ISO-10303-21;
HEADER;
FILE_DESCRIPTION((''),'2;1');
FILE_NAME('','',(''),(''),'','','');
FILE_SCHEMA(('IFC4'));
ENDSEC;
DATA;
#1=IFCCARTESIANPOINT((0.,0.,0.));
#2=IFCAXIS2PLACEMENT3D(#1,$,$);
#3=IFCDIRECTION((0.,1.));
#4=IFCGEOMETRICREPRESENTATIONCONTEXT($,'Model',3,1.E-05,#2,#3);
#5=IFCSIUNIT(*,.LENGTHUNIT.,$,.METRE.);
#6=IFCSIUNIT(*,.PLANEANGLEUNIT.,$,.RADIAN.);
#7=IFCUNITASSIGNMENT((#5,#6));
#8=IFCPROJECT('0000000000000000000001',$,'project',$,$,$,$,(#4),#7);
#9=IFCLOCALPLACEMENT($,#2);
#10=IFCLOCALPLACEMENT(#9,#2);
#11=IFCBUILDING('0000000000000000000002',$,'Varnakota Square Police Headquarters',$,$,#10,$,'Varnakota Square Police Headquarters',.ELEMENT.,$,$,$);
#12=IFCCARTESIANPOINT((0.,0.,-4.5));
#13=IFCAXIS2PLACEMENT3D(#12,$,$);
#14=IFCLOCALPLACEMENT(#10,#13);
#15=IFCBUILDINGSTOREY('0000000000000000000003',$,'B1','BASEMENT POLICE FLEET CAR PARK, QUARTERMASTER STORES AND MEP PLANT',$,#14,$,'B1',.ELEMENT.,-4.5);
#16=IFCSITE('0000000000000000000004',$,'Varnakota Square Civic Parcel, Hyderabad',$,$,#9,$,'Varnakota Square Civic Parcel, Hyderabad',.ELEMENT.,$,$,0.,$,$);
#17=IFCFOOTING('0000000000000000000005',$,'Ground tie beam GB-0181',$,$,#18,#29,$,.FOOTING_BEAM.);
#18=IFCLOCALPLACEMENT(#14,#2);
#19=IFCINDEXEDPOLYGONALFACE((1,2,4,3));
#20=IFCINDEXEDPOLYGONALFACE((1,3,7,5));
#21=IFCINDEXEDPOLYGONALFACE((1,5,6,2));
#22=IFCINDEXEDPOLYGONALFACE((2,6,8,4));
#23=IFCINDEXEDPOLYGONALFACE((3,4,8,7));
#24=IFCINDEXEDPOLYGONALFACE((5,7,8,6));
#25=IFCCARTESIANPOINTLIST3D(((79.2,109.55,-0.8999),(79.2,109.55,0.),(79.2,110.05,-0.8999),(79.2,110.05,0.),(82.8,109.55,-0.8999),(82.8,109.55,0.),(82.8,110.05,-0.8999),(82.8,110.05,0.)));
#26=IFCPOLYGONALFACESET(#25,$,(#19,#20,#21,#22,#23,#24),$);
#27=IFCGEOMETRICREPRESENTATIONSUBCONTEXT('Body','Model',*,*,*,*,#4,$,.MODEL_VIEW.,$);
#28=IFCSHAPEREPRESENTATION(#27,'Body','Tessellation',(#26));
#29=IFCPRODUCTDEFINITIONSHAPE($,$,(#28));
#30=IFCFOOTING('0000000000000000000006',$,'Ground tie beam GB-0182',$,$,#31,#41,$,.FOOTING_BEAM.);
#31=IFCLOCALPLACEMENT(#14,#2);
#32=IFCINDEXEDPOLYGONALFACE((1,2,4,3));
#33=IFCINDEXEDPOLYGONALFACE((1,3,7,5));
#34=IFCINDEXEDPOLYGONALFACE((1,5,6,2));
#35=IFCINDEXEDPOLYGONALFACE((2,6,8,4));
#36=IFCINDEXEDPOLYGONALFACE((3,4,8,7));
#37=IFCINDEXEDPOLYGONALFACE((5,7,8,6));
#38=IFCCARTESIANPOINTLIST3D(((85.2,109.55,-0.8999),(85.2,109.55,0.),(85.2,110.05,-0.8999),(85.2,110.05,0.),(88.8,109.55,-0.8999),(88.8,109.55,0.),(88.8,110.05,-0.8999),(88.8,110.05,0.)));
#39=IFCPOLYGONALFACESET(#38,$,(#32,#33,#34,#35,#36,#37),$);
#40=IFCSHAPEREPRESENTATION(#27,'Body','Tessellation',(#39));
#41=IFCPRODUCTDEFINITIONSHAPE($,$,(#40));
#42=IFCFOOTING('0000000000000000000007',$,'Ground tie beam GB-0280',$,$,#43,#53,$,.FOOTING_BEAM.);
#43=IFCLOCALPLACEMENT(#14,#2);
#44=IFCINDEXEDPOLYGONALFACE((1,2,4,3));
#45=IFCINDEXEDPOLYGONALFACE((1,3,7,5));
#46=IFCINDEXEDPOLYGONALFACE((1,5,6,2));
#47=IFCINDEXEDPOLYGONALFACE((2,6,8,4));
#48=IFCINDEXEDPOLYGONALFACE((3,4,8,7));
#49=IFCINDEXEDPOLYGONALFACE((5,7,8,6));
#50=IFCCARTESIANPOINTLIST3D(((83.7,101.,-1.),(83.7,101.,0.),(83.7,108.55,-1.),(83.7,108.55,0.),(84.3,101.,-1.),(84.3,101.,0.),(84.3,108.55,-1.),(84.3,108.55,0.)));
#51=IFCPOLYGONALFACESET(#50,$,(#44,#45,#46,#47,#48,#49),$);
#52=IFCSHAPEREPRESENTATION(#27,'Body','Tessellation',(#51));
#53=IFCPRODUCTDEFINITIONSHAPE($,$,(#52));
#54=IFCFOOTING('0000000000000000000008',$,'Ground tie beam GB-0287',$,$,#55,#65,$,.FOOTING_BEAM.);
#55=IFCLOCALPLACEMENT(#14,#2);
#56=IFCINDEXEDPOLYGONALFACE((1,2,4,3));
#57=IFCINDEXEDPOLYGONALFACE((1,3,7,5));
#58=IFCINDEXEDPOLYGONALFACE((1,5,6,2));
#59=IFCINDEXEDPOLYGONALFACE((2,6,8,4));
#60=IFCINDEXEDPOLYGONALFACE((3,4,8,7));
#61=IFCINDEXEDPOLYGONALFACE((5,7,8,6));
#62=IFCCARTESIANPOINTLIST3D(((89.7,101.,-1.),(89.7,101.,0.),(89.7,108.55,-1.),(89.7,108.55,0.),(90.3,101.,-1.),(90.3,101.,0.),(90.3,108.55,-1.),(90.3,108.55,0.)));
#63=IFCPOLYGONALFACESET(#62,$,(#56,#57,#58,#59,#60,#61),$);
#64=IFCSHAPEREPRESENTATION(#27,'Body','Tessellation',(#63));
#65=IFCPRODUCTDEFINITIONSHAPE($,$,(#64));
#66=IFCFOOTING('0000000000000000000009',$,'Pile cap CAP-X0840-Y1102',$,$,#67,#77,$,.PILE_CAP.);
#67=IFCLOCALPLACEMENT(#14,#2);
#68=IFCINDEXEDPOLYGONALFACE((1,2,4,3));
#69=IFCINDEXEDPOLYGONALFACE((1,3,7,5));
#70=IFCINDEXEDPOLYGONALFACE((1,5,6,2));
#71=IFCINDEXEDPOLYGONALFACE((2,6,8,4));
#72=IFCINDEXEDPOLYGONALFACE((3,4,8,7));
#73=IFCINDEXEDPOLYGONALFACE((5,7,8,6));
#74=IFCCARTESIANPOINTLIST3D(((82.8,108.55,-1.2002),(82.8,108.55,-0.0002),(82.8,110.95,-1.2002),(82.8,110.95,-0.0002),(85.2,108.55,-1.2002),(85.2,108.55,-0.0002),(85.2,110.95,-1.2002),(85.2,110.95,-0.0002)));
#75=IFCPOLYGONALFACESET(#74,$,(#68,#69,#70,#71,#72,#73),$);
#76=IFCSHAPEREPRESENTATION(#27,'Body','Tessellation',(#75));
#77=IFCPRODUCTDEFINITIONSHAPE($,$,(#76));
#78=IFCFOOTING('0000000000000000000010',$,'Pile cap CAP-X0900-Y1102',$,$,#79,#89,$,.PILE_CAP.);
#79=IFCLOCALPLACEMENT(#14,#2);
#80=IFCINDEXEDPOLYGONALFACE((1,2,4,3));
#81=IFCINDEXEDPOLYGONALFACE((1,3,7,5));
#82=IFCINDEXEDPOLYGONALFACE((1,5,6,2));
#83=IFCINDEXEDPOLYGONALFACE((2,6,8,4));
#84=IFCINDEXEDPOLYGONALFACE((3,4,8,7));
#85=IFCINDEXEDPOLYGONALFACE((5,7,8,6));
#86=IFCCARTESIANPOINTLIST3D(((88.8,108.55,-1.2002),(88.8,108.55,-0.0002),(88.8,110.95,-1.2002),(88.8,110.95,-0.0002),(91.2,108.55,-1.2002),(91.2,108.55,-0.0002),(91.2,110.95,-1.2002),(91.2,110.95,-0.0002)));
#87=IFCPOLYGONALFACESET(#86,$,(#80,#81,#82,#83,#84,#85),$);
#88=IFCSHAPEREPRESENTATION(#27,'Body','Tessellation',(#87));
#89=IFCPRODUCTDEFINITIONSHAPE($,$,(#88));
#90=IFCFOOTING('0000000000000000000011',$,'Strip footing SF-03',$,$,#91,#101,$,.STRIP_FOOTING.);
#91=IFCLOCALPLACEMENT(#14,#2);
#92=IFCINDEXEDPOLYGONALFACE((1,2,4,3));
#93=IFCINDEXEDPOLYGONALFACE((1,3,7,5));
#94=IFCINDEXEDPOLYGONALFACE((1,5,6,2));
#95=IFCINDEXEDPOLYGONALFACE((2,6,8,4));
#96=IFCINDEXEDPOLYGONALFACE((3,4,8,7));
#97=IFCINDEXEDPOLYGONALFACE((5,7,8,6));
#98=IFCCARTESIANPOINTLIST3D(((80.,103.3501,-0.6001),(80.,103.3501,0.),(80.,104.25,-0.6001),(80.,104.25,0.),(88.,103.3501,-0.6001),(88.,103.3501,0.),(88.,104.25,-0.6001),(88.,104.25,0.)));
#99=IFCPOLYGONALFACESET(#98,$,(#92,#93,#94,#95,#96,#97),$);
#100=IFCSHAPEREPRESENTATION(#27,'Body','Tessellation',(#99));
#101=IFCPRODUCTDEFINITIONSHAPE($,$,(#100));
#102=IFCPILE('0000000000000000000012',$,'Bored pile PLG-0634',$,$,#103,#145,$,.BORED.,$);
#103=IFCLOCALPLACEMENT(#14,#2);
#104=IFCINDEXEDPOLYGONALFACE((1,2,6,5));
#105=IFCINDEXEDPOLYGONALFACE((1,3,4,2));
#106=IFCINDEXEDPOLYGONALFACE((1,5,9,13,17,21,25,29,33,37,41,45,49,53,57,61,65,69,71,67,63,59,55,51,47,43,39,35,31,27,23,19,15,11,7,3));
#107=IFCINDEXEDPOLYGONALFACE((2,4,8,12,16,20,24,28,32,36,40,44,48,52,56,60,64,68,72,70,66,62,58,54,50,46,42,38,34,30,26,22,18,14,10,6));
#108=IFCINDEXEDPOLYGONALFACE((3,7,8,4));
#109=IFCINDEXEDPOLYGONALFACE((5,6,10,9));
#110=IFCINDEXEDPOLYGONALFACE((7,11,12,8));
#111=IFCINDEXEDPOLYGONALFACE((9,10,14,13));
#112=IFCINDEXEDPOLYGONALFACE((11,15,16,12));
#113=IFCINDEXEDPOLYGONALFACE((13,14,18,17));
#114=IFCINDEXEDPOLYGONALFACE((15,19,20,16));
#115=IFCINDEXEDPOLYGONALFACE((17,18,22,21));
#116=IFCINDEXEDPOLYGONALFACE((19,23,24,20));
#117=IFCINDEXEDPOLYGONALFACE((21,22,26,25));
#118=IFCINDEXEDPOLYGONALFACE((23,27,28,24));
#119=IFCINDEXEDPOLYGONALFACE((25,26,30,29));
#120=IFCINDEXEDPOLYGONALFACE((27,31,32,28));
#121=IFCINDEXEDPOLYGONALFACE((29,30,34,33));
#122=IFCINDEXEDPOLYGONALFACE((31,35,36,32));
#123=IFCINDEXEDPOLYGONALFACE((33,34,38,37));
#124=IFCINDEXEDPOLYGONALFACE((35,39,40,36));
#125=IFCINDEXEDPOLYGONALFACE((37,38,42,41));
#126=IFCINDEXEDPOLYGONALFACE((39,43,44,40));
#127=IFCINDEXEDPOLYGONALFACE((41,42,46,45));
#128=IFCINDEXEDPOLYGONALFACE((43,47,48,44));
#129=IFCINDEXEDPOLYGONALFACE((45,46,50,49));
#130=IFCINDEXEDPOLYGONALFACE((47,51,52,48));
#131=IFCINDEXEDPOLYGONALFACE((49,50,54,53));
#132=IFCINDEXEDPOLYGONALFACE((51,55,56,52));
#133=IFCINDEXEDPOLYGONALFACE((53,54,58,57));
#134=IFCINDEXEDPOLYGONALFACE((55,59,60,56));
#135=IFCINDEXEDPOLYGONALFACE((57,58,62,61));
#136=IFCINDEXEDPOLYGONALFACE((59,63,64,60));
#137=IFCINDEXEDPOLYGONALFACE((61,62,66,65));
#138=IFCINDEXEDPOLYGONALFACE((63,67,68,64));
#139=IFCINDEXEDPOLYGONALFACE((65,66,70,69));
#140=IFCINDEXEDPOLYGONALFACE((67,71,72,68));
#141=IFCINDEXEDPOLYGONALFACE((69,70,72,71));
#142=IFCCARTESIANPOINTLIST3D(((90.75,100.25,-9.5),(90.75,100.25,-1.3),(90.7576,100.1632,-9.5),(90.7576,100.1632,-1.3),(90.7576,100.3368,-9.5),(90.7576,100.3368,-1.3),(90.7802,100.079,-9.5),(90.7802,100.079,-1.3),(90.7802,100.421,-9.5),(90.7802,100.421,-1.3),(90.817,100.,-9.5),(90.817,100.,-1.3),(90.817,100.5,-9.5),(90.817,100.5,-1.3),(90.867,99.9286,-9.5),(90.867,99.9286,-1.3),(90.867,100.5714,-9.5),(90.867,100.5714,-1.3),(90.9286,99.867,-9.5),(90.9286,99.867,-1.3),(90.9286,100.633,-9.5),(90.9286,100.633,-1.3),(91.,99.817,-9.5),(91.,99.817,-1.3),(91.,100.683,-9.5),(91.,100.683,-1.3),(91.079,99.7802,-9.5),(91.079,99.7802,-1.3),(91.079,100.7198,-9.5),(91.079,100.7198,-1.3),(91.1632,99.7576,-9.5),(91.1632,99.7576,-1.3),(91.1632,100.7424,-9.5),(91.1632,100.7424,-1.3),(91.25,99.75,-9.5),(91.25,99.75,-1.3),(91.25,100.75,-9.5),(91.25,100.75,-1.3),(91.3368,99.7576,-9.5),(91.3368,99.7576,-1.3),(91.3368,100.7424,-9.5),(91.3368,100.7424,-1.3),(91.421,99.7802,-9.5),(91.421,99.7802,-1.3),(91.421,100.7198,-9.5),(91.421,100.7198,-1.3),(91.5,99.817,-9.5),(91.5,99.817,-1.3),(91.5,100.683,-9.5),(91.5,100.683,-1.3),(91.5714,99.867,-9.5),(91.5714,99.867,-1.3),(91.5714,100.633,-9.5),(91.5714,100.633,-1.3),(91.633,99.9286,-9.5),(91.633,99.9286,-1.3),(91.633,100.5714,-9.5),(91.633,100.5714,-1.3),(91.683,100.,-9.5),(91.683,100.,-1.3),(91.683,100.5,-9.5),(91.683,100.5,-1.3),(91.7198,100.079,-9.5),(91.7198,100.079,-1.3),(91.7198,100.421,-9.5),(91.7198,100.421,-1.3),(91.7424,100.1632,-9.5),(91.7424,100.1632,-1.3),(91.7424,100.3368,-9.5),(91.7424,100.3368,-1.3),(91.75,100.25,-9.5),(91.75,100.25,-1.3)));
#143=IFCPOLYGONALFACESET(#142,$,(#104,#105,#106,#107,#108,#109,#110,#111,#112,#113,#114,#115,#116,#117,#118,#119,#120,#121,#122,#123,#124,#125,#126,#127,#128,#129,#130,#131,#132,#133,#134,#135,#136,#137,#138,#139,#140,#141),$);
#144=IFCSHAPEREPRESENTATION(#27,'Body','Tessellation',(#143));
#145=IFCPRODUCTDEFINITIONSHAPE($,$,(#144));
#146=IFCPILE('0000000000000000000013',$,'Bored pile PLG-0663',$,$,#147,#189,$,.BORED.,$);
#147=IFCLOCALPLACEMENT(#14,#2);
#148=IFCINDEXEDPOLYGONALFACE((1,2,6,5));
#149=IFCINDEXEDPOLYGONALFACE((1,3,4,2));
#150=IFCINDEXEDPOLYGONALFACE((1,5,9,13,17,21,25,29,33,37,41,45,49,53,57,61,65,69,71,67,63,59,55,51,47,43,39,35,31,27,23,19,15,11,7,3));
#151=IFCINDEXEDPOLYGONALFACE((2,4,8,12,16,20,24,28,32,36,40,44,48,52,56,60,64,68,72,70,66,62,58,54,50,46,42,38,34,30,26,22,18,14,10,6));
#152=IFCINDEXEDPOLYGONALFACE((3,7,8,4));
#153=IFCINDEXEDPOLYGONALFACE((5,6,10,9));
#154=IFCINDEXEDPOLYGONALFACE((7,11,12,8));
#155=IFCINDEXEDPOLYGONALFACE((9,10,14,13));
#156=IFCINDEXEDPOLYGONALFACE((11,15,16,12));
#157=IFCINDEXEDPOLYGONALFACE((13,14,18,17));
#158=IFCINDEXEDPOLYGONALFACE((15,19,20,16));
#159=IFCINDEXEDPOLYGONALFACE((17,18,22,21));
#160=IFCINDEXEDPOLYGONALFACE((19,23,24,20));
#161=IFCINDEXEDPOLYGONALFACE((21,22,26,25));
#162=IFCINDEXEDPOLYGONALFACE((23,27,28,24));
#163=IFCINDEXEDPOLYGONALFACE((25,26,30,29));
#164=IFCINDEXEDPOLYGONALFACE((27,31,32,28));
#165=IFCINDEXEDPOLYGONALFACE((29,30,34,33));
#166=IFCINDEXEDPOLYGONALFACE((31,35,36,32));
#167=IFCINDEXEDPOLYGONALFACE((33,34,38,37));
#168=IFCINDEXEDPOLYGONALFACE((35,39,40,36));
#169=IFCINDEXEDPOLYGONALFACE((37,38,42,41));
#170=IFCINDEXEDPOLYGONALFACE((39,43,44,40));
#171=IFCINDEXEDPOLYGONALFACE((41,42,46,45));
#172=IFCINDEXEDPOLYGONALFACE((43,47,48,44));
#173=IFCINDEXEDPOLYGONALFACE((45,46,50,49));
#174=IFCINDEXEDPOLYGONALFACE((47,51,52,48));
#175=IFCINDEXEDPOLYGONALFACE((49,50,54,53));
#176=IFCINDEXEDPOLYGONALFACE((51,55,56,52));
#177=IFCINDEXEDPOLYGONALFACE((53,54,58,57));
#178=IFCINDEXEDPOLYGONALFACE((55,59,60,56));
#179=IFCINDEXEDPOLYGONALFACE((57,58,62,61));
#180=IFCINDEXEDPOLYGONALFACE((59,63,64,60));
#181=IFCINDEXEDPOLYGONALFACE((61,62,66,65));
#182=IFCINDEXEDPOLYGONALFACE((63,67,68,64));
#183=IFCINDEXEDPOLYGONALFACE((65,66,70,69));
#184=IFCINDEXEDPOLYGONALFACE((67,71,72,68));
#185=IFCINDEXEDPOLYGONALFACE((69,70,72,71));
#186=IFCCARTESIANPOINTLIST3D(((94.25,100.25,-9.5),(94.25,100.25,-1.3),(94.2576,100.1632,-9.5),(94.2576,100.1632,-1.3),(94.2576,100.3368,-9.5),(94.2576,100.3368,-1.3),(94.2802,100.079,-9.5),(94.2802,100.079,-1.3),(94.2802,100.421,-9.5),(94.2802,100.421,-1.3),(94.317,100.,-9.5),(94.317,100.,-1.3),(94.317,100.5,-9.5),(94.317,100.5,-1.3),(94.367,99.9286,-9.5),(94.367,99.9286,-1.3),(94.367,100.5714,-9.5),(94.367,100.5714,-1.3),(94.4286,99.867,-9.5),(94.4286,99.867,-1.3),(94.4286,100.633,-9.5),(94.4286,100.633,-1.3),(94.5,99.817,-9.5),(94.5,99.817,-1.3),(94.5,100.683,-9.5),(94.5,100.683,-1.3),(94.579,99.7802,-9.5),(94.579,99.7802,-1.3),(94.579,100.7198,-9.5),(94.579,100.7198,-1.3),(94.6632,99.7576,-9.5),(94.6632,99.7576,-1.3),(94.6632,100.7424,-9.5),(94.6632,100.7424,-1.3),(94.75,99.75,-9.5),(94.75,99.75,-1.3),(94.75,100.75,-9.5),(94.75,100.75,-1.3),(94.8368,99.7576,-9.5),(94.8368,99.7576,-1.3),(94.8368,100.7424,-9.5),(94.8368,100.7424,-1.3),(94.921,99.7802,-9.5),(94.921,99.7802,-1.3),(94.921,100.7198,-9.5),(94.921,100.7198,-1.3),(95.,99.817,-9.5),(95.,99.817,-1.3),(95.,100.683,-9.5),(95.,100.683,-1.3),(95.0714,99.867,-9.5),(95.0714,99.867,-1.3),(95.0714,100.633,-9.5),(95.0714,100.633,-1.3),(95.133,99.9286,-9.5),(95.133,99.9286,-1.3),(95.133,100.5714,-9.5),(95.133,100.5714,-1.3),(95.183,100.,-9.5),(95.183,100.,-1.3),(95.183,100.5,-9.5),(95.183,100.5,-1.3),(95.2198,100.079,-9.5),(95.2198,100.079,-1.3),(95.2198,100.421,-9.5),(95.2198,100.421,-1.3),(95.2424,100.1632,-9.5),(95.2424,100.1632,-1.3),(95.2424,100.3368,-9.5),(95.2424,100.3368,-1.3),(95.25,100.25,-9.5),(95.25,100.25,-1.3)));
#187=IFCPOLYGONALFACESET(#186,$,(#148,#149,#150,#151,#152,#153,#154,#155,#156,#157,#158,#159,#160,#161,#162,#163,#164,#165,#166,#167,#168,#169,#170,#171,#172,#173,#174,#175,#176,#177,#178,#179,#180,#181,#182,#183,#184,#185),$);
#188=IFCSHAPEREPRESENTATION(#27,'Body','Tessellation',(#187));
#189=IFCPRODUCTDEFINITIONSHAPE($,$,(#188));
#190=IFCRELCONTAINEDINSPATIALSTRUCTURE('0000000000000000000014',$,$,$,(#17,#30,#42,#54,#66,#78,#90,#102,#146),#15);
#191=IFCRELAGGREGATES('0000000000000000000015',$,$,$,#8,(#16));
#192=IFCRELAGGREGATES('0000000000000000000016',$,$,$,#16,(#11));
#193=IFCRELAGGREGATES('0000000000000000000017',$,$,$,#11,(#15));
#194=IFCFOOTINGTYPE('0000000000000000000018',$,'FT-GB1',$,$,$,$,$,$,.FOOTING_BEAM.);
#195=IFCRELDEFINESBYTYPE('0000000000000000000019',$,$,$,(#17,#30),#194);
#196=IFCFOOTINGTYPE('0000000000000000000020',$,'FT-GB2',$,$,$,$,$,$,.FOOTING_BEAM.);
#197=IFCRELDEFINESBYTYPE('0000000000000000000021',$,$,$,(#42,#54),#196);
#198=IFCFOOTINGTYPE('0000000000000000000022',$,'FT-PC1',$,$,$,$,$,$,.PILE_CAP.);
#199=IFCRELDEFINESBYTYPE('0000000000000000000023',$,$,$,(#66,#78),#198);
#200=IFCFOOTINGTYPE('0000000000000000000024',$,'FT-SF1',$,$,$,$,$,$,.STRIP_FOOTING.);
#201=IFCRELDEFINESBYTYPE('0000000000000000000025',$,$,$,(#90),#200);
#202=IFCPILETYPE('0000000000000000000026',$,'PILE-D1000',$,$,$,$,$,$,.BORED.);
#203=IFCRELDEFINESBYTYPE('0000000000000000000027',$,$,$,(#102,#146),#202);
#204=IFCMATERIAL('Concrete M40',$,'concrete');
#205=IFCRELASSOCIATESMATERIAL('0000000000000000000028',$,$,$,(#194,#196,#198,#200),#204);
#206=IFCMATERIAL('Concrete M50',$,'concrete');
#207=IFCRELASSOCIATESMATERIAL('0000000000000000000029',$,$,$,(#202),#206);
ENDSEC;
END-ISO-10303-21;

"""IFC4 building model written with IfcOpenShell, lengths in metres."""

from ifc_helpers import new_model, si_unit, direction, frame, origin, origin_2d, place, context, subcontext, project, spatial, rectangle, circle, extrude, material, material_profile, profile_set, type_object, element, save


model = new_model("IFC4")

# Units and contexts
model_context = context("Model", 3, precision=1e-05, world=origin(), true_north=direction((0.0, 1.0)))
body_context = subcontext(model_context, "Body", "Model", "MODEL_VIEW")
ifc_project = project(units=[si_unit("LENGTHUNIT", "METRE"), si_unit("PLANEANGLEUNIT", "RADIAN")], contexts=[model_context])

# Site, building, storey
site_placement = place(None, origin())
site = spatial("IfcSite", under=ifc_project, at=site_placement, Name="Varnakota Square Civic Parcel, Hyderabad", LongName="Varnakota Square Civic Parcel, Hyderabad", CompositionType="ELEMENT", RefElevation=0.0)
building_placement = place(site_placement, origin())
building = spatial("IfcBuilding", under=site, at=building_placement, Name="Varnakota Square Police Headquarters", LongName="Varnakota Square Police Headquarters", CompositionType="ELEMENT")
storey_placement = place(building_placement, frame((0.0, 0.0, -4.5)))
storey = spatial("IfcBuildingStorey", under=building, at=storey_placement, Name="B1", Description="BASEMENT POLICE FLEET CAR PARK, QUARTERMASTER STORES AND MEP PLANT", LongName="B1", CompositionType="ELEMENT", Elevation=-4.5)

# Footings
ifc_material_1 = material(Name="Concrete M40", Category="concrete")
ifc_material_profile_1 = material_profile(ifc_material_1, rectangle(XDim=0.5, YDim=0.8999, at=origin_2d()), Name="GB 500x900")
ifc_profile_set_1 = profile_set([ifc_material_profile_1], Name="Concrete M40")
footing_type_1 = type_object("IfcFootingType", Name="FT-GB1", PredefinedType="FOOTING_BEAM", material=ifc_profile_set_1)
for number, where, z_axis, x_axis, name in (
    (1, (79.2, 109.8, -0.45), (1.0, 0.0, 0.0), (0.0, 1.0, 0.0), "Ground tie beam GB-0181"),
    (2, (85.2, 109.8, -0.45), (1.0, 0.0, 0.0), (0.0, 1.0, 0.0), "Ground tie beam GB-0182"),
):
    element("IfcFooting", number, at=place(storey_placement, frame(where, z_axis=z_axis, x_axis=x_axis)), inside=storey, type_object=footing_type_1, Name=name, PredefinedType="FOOTING_BEAM", context=body_context, shape_type="SweptSolid", body=[
        extrude(rectangle(XDim=0.5, YDim=0.8999, at=origin_2d()), origin(), (0.0, 0.0, 1.0), 3.6001),
    ])
ifc_material_profile_2 = material_profile(ifc_material_1, rectangle(XDim=0.6001, YDim=1.0, at=origin_2d()), Name="GB 600x1000")
ifc_profile_set_2 = profile_set([ifc_material_profile_2], Name="Concrete M40")
footing_type_2 = type_object("IfcFootingType", Name="FT-GB2", PredefinedType="FOOTING_BEAM", material=ifc_profile_set_2)
for number, where, z_axis, x_axis, name in (
    (3, (84.0, 101.0, -0.5), (0.0, 1.0, 0.0), (-1.0, 0.0, 0.0), "Ground tie beam GB-0280"),
    (4, (90.0, 101.0, -0.5), (0.0, 1.0, 0.0), (-1.0, 0.0, 0.0), "Ground tie beam GB-0287"),
):
    element("IfcFooting", number, at=place(storey_placement, frame(where, z_axis=z_axis, x_axis=x_axis)), inside=storey, type_object=footing_type_2, Name=name, PredefinedType="FOOTING_BEAM", context=body_context, shape_type="SweptSolid", body=[
        extrude(rectangle(XDim=0.6001, YDim=1.0, at=origin_2d()), origin(), (0.0, 0.0, 1.0), 7.55),
    ])
footing_type_3 = type_object("IfcFootingType", Name="FT-PC1", PredefinedType="PILE_CAP", material=ifc_material_1)
for number, where, z_axis, x_axis, name in (
    (5, (84.0, 109.75, -1.2002), (0.0, 0.0, 1.0), (1.0, 0.0, 0.0), "Pile cap CAP-X0840-Y1102"),
    (6, (90.0, 109.75, -1.2002), (0.0, 0.0, 1.0), (1.0, 0.0, 0.0), "Pile cap CAP-X0900-Y1102"),
):
    element("IfcFooting", number, at=place(storey_placement, frame(where, z_axis=z_axis, x_axis=x_axis)), inside=storey, type_object=footing_type_3, Name=name, PredefinedType="PILE_CAP", context=body_context, shape_type="SweptSolid", body=[
        extrude(rectangle(XDim=2.3999, YDim=2.3999, at=origin_2d()), origin(), (0.0, 0.0, 1.0), 1.2),
    ])
ifc_material_profile_3 = material_profile(ifc_material_1, rectangle(XDim=0.8999, YDim=0.6001, at=origin_2d()), Name="SF 900x600")
ifc_profile_set_3 = profile_set([ifc_material_profile_3], Name="Concrete M40")
footing_type_4 = type_object("IfcFootingType", Name="FT-SF1", PredefinedType="STRIP_FOOTING", material=ifc_profile_set_3)
footing_placement = place(storey_placement, frame((80.0, 103.8, -0.3), z_axis=(1.0, 0.0, 0.0), x_axis=(0.0, 1.0, 0.0)))
element("IfcFooting", 7, at=footing_placement, inside=storey, type_object=footing_type_4, Name="Strip footing SF-03", PredefinedType="STRIP_FOOTING", context=body_context, shape_type="SweptSolid", body=[
    extrude(rectangle(XDim=0.8999, YDim=0.6001, at=origin_2d()), origin(), (0.0, 0.0, 1.0), 8.0),
])

# Piles
ifc_material_2 = material(Name="Concrete M50", Category="concrete")
ifc_material_profile_4 = material_profile(ifc_material_2, circle(Radius=0.5, at=origin_2d()), Name="BORED PILE 1000")
ifc_profile_set_4 = profile_set([ifc_material_profile_4], Name="Concrete M50")
pile_type_1 = type_object("IfcPileType", Name="PILE-D1000", PredefinedType="BORED", material=ifc_profile_set_4)
for number, where, z_axis, x_axis, name in (
    (8, (91.25, 100.25, -1.3), (0.0, 0.0, -1.0), (1.0, 0.0, 0.0), "Bored pile PLG-0634"),
    (9, (94.75, 100.25, -1.3), (0.0, 0.0, -1.0), (1.0, 0.0, 0.0), "Bored pile PLG-0663"),
):
    element("IfcPile", number, at=place(storey_placement, frame(where, z_axis=z_axis, x_axis=x_axis)), inside=storey, type_object=pile_type_1, Name=name, PredefinedType="BORED", context=body_context, shape_type="SweptSolid", body=[
        extrude(circle(Radius=0.5, at=origin_2d()), origin(), (0.0, 0.0, 1.0), 8.2),
    ])

save(model, "model.ifc")
